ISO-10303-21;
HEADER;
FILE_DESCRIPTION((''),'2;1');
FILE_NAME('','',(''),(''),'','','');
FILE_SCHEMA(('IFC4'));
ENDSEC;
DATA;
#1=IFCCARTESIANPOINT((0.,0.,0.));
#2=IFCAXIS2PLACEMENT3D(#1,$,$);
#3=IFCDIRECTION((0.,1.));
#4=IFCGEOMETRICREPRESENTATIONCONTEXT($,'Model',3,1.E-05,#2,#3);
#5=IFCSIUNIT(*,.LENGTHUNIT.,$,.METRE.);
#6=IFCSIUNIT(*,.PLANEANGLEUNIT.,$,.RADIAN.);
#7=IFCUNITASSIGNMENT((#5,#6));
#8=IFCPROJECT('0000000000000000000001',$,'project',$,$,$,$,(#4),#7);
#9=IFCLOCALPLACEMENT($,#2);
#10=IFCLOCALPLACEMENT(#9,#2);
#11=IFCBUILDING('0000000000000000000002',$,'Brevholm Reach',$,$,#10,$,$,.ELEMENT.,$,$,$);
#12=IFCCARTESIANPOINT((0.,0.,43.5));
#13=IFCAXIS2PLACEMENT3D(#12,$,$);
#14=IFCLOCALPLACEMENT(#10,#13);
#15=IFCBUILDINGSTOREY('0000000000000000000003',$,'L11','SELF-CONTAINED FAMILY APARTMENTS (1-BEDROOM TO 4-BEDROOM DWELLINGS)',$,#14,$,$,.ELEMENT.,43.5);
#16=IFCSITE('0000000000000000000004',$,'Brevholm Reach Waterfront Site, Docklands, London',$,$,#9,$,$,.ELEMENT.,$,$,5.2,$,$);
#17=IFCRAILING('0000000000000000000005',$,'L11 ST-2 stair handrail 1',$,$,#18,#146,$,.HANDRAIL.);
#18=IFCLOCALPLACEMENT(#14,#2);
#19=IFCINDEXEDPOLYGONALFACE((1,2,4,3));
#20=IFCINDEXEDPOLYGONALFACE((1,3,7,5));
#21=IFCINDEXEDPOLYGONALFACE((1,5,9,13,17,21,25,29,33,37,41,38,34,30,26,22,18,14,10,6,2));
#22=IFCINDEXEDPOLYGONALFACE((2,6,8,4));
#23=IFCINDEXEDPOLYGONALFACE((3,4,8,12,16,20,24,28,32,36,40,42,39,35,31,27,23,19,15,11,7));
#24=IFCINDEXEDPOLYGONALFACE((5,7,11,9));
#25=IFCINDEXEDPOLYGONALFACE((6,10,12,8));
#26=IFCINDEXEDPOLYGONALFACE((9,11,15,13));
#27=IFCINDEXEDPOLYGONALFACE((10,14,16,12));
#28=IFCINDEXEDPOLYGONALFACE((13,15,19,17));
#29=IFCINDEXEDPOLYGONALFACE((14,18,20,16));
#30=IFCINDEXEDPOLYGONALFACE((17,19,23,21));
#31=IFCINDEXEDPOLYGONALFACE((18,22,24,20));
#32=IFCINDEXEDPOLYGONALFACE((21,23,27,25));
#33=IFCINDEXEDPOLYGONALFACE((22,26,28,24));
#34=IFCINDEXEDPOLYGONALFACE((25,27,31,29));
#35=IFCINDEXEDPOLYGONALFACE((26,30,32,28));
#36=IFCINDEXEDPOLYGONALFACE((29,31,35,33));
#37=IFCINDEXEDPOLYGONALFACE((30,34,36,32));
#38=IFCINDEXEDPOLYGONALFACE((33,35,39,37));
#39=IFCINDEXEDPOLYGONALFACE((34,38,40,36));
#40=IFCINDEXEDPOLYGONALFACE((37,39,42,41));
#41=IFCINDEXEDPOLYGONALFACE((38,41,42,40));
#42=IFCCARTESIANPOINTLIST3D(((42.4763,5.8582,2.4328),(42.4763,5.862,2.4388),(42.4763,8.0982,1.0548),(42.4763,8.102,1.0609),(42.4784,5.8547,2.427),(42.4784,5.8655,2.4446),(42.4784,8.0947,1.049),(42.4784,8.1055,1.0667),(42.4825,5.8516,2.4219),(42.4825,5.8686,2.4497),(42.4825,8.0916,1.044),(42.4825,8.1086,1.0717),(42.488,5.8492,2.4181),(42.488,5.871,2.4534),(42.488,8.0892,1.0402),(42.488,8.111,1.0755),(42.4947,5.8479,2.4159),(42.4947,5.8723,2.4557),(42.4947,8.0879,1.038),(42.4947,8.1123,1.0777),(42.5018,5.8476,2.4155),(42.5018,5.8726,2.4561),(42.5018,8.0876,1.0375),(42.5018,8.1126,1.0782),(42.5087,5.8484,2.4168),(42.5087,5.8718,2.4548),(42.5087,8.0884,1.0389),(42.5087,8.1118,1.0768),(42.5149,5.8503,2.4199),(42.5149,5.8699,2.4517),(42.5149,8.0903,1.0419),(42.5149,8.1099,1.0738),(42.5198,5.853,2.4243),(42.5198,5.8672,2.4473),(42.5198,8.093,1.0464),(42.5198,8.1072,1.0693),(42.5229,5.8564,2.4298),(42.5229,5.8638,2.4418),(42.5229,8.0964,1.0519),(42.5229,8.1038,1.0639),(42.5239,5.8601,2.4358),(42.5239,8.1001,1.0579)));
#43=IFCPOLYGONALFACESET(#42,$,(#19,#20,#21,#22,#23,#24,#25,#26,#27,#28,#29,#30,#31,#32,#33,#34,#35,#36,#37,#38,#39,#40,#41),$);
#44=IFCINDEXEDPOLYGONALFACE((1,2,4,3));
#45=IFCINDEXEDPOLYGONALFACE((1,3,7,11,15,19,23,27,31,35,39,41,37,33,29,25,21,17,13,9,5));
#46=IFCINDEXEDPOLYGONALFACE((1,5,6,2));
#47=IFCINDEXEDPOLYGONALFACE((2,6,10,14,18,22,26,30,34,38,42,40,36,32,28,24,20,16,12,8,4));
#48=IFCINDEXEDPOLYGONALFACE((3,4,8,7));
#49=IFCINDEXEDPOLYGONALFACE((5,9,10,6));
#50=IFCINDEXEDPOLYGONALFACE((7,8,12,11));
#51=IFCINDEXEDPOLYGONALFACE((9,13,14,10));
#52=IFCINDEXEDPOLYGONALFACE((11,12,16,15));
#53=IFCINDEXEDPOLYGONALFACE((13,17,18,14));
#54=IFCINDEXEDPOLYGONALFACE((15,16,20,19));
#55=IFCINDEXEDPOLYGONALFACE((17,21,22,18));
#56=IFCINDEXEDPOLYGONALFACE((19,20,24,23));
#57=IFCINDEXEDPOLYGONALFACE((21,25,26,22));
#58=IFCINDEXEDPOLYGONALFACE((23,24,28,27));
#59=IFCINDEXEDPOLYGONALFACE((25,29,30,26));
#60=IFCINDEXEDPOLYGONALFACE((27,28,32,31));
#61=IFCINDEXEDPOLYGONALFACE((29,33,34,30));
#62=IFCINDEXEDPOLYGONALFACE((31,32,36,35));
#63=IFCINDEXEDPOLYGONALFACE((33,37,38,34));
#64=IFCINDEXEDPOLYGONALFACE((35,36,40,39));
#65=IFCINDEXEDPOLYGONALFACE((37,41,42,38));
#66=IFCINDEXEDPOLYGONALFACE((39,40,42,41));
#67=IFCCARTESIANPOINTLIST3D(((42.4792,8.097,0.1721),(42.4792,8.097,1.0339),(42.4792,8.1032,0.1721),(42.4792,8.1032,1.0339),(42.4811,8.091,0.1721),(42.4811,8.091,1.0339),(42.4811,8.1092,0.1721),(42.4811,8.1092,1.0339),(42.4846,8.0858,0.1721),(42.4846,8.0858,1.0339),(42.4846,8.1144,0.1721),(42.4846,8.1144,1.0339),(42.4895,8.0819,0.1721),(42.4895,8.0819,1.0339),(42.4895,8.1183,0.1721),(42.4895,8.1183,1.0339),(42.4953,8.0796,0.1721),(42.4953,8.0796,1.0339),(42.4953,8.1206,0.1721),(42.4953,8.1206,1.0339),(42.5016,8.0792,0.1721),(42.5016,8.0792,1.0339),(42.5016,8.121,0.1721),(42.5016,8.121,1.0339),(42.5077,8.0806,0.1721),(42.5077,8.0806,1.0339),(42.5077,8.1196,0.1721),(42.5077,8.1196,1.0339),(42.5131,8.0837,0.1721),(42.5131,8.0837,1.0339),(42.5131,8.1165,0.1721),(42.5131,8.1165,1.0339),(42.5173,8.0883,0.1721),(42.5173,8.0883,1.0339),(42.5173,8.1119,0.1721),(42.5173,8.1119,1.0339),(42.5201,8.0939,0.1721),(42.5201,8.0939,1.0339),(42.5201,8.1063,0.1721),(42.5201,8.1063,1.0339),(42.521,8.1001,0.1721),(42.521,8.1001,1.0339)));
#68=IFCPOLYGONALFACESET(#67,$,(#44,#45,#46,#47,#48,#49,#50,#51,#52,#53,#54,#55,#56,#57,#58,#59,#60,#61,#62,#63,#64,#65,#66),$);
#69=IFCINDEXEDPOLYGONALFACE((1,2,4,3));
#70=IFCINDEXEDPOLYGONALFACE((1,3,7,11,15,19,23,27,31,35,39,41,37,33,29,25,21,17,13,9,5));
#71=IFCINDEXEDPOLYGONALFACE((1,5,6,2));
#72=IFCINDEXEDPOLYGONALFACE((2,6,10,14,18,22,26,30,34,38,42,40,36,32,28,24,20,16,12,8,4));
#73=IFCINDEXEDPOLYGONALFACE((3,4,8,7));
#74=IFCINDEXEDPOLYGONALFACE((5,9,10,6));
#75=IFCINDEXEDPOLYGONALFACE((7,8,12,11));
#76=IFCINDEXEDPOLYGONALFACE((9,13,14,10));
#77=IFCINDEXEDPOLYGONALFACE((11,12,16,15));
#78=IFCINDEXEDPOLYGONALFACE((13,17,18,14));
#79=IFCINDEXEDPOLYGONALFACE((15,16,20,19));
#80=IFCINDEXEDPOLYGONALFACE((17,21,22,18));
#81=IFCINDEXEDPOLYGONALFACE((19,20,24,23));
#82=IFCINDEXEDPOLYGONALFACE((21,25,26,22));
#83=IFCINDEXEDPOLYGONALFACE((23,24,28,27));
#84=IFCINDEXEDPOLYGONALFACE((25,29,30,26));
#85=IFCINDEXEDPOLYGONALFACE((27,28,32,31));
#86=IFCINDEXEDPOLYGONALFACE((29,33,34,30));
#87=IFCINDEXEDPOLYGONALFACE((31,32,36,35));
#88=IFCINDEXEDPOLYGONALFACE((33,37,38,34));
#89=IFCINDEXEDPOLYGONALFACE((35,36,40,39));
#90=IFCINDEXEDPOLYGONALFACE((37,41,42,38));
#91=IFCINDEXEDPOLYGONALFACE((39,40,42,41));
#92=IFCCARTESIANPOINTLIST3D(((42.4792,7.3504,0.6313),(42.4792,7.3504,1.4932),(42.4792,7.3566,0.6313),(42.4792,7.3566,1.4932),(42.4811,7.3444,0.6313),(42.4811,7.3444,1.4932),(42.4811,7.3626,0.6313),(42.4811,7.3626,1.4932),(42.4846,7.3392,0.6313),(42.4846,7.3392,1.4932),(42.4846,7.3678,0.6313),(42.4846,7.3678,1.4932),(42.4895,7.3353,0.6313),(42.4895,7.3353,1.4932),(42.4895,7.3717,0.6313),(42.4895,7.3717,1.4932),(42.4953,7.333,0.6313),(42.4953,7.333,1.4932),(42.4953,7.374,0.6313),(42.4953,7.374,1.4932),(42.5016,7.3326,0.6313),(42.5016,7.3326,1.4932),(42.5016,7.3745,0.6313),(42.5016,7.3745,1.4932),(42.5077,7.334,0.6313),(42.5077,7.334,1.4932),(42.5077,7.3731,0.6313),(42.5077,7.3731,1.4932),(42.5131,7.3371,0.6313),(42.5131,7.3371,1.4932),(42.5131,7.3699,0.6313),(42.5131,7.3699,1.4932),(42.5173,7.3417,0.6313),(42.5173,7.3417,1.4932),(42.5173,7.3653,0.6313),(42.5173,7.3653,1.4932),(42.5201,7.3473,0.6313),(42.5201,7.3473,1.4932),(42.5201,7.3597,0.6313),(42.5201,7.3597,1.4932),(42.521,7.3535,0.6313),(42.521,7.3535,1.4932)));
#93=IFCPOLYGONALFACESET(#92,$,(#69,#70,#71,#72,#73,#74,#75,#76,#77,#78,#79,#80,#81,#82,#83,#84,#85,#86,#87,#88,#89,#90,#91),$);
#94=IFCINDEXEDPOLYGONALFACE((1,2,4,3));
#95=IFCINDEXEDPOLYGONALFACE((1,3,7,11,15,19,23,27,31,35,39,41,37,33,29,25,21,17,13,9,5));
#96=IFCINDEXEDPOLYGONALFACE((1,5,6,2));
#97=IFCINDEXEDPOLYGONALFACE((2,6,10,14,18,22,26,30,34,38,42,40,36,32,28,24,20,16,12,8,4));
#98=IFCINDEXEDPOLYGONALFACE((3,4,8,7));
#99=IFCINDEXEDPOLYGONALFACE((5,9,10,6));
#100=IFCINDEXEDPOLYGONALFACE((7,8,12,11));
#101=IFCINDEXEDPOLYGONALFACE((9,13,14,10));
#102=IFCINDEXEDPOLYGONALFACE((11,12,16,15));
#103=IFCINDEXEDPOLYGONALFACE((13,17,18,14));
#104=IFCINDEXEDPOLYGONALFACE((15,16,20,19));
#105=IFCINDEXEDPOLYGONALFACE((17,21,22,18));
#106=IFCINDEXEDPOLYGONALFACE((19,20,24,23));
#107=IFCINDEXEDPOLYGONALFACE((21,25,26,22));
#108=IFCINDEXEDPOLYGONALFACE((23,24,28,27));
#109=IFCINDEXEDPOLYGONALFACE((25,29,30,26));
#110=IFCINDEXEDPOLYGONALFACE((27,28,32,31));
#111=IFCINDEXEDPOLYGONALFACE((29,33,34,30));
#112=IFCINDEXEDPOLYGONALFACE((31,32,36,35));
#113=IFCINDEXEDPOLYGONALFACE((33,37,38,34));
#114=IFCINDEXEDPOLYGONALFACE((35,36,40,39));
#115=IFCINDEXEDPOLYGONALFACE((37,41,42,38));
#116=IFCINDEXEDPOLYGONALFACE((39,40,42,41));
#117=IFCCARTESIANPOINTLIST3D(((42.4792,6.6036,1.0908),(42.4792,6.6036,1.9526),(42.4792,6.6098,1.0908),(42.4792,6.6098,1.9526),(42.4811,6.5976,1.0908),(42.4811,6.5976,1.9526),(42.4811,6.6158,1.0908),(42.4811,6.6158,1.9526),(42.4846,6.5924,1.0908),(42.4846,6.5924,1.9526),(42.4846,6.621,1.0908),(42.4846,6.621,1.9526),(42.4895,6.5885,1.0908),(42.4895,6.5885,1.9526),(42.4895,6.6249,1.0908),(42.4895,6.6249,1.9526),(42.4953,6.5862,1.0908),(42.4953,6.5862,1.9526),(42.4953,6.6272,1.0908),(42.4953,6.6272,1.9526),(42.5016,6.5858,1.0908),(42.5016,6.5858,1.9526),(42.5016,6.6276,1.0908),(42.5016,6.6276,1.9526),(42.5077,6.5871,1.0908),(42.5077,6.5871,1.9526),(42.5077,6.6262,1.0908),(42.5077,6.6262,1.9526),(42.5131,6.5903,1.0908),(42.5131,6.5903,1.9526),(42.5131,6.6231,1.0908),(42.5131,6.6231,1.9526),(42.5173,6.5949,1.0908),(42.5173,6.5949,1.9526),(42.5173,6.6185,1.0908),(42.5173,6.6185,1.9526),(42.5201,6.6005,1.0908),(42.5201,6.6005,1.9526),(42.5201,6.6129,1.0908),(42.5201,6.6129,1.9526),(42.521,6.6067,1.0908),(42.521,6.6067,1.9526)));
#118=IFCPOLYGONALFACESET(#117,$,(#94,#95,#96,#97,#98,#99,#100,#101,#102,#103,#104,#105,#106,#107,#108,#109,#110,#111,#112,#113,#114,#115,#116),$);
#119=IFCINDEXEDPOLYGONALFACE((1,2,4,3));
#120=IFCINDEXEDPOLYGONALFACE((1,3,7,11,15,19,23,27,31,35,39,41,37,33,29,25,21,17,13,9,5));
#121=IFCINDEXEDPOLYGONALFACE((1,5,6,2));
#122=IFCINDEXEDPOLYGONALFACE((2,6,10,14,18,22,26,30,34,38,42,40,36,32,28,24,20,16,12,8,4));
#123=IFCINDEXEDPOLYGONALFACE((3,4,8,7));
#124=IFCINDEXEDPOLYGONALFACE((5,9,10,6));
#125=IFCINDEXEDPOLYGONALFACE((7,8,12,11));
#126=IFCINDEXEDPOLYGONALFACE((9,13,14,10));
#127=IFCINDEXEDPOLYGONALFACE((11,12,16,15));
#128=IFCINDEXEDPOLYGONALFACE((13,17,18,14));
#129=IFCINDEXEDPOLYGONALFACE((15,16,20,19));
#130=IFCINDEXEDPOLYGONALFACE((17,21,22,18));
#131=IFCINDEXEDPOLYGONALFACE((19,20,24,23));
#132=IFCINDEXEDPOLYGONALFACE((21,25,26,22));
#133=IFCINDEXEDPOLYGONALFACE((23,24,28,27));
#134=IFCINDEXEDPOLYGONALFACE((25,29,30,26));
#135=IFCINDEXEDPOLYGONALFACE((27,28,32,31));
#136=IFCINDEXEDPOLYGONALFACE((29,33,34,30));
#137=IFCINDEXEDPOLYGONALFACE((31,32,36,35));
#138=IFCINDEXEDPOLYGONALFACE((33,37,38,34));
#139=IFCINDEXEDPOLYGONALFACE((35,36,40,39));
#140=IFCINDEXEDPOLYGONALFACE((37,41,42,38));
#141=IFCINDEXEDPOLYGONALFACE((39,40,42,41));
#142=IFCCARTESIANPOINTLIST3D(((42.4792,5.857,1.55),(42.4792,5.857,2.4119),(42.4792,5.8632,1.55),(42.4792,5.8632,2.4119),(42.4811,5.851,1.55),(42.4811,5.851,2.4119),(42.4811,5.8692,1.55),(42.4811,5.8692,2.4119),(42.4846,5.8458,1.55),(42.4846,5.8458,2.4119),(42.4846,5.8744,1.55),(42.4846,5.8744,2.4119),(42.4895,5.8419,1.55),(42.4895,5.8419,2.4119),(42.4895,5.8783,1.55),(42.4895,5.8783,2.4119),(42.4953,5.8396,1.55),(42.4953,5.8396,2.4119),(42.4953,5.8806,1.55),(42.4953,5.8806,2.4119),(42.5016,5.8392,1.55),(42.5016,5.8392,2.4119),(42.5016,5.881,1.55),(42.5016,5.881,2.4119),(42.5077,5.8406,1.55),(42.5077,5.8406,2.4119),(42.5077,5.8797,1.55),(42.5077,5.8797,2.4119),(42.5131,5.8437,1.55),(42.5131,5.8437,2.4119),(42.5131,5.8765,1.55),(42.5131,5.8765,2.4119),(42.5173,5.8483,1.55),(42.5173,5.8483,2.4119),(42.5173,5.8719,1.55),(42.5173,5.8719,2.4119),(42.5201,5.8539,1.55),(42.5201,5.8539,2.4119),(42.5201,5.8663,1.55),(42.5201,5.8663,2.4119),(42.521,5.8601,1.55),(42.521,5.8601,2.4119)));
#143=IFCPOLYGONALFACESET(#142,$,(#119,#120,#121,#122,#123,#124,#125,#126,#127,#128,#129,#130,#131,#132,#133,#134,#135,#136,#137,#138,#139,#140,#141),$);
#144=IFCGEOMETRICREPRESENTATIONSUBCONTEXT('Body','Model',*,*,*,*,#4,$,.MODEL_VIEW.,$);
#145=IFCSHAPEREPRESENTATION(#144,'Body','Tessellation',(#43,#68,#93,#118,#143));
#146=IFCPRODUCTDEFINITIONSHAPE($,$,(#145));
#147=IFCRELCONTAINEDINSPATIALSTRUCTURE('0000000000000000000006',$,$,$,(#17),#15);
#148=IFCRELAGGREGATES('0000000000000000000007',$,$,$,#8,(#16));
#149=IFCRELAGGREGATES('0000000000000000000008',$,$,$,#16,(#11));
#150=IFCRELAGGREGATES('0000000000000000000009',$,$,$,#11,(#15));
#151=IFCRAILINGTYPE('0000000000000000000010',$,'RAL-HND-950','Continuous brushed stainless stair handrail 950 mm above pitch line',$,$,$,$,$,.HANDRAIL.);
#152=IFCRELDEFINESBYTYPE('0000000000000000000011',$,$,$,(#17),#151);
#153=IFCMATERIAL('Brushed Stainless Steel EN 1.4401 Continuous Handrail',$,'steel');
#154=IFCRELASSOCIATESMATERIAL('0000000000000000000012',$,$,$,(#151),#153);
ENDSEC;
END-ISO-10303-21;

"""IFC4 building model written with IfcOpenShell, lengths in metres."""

from ifc_helpers import new_model, si_unit, direction, frame, origin, origin_2d, place, context, subcontext, project, spatial, circle, extrude, material, type_object, element, save


model = new_model("IFC4")

# Units and contexts
model_context = context("Model", 3, precision=1e-05, world=origin(), true_north=direction((0.0, 1.0)))
body_context = subcontext(model_context, "Body", "Model", "MODEL_VIEW")
ifc_project = project(units=[si_unit("LENGTHUNIT", "METRE"), si_unit("PLANEANGLEUNIT", "RADIAN")], contexts=[model_context])

# Site, building, storey
site_placement = place(None, origin())
site = spatial("IfcSite", under=ifc_project, at=site_placement, Name="Brevholm Reach Waterfront Site, Docklands, London", CompositionType="ELEMENT", RefElevation=5.2)
building_placement = place(site_placement, origin())
building = spatial("IfcBuilding", under=site, at=building_placement, Name="Brevholm Reach", CompositionType="ELEMENT")
storey_placement = place(building_placement, frame((0.0, 0.0, 43.5)))
storey = spatial("IfcBuildingStorey", under=building, at=storey_placement, Name="L11", Description="SELF-CONTAINED FAMILY APARTMENTS (1-BEDROOM TO 4-BEDROOM DWELLINGS)", CompositionType="ELEMENT", Elevation=43.5)

# Railing
ifc_material_1 = material(Name="Brushed Stainless Steel EN 1.4401 Continuous Handrail", Category="steel")
railing_type_1 = type_object("IfcRailingType", Name="RAL-HND-950", Description="Continuous brushed stainless stair handrail 950 mm above pitch line", PredefinedType="HANDRAIL", material=ifc_material_1)
railing_1_placement = place(storey_placement, frame((42.5, 8.1001, 0.1721)))
element("IfcRailing", 1, at=railing_1_placement, inside=storey, type_object=railing_type_1, Name="L11 ST-2 stair handrail 1", PredefinedType="HANDRAIL", context=body_context, shape_type="SweptSolid", body=[
    extrude(circle(Radius=0.0239, at=origin_2d()), frame((0.0, 0.0, 0.8857), z_axis=(0.0, -0.851748, 0.523952), x_axis=(1.0, 0.0, 0.0)), (0.0, 0.0, 1.0), 2.6299),
    extrude(circle(Radius=0.021, at=origin_2d()), origin(), (0.0, 0.0, 1.0), 0.8618),
    extrude(circle(Radius=0.021, at=origin_2d()), frame((0.0, -0.7466, 0.4592)), (0.0, 0.0, 1.0), 0.8618),
    extrude(circle(Radius=0.021, at=origin_2d()), frame((0.0, -1.4934, 0.9187)), (0.0, 0.0, 1.0), 0.8618),
    extrude(circle(Radius=0.021, at=origin_2d()), frame((0.0, -2.24, 1.3779)), (0.0, 0.0, 1.0), 0.8618),
])

save(model, "model.ifc")
